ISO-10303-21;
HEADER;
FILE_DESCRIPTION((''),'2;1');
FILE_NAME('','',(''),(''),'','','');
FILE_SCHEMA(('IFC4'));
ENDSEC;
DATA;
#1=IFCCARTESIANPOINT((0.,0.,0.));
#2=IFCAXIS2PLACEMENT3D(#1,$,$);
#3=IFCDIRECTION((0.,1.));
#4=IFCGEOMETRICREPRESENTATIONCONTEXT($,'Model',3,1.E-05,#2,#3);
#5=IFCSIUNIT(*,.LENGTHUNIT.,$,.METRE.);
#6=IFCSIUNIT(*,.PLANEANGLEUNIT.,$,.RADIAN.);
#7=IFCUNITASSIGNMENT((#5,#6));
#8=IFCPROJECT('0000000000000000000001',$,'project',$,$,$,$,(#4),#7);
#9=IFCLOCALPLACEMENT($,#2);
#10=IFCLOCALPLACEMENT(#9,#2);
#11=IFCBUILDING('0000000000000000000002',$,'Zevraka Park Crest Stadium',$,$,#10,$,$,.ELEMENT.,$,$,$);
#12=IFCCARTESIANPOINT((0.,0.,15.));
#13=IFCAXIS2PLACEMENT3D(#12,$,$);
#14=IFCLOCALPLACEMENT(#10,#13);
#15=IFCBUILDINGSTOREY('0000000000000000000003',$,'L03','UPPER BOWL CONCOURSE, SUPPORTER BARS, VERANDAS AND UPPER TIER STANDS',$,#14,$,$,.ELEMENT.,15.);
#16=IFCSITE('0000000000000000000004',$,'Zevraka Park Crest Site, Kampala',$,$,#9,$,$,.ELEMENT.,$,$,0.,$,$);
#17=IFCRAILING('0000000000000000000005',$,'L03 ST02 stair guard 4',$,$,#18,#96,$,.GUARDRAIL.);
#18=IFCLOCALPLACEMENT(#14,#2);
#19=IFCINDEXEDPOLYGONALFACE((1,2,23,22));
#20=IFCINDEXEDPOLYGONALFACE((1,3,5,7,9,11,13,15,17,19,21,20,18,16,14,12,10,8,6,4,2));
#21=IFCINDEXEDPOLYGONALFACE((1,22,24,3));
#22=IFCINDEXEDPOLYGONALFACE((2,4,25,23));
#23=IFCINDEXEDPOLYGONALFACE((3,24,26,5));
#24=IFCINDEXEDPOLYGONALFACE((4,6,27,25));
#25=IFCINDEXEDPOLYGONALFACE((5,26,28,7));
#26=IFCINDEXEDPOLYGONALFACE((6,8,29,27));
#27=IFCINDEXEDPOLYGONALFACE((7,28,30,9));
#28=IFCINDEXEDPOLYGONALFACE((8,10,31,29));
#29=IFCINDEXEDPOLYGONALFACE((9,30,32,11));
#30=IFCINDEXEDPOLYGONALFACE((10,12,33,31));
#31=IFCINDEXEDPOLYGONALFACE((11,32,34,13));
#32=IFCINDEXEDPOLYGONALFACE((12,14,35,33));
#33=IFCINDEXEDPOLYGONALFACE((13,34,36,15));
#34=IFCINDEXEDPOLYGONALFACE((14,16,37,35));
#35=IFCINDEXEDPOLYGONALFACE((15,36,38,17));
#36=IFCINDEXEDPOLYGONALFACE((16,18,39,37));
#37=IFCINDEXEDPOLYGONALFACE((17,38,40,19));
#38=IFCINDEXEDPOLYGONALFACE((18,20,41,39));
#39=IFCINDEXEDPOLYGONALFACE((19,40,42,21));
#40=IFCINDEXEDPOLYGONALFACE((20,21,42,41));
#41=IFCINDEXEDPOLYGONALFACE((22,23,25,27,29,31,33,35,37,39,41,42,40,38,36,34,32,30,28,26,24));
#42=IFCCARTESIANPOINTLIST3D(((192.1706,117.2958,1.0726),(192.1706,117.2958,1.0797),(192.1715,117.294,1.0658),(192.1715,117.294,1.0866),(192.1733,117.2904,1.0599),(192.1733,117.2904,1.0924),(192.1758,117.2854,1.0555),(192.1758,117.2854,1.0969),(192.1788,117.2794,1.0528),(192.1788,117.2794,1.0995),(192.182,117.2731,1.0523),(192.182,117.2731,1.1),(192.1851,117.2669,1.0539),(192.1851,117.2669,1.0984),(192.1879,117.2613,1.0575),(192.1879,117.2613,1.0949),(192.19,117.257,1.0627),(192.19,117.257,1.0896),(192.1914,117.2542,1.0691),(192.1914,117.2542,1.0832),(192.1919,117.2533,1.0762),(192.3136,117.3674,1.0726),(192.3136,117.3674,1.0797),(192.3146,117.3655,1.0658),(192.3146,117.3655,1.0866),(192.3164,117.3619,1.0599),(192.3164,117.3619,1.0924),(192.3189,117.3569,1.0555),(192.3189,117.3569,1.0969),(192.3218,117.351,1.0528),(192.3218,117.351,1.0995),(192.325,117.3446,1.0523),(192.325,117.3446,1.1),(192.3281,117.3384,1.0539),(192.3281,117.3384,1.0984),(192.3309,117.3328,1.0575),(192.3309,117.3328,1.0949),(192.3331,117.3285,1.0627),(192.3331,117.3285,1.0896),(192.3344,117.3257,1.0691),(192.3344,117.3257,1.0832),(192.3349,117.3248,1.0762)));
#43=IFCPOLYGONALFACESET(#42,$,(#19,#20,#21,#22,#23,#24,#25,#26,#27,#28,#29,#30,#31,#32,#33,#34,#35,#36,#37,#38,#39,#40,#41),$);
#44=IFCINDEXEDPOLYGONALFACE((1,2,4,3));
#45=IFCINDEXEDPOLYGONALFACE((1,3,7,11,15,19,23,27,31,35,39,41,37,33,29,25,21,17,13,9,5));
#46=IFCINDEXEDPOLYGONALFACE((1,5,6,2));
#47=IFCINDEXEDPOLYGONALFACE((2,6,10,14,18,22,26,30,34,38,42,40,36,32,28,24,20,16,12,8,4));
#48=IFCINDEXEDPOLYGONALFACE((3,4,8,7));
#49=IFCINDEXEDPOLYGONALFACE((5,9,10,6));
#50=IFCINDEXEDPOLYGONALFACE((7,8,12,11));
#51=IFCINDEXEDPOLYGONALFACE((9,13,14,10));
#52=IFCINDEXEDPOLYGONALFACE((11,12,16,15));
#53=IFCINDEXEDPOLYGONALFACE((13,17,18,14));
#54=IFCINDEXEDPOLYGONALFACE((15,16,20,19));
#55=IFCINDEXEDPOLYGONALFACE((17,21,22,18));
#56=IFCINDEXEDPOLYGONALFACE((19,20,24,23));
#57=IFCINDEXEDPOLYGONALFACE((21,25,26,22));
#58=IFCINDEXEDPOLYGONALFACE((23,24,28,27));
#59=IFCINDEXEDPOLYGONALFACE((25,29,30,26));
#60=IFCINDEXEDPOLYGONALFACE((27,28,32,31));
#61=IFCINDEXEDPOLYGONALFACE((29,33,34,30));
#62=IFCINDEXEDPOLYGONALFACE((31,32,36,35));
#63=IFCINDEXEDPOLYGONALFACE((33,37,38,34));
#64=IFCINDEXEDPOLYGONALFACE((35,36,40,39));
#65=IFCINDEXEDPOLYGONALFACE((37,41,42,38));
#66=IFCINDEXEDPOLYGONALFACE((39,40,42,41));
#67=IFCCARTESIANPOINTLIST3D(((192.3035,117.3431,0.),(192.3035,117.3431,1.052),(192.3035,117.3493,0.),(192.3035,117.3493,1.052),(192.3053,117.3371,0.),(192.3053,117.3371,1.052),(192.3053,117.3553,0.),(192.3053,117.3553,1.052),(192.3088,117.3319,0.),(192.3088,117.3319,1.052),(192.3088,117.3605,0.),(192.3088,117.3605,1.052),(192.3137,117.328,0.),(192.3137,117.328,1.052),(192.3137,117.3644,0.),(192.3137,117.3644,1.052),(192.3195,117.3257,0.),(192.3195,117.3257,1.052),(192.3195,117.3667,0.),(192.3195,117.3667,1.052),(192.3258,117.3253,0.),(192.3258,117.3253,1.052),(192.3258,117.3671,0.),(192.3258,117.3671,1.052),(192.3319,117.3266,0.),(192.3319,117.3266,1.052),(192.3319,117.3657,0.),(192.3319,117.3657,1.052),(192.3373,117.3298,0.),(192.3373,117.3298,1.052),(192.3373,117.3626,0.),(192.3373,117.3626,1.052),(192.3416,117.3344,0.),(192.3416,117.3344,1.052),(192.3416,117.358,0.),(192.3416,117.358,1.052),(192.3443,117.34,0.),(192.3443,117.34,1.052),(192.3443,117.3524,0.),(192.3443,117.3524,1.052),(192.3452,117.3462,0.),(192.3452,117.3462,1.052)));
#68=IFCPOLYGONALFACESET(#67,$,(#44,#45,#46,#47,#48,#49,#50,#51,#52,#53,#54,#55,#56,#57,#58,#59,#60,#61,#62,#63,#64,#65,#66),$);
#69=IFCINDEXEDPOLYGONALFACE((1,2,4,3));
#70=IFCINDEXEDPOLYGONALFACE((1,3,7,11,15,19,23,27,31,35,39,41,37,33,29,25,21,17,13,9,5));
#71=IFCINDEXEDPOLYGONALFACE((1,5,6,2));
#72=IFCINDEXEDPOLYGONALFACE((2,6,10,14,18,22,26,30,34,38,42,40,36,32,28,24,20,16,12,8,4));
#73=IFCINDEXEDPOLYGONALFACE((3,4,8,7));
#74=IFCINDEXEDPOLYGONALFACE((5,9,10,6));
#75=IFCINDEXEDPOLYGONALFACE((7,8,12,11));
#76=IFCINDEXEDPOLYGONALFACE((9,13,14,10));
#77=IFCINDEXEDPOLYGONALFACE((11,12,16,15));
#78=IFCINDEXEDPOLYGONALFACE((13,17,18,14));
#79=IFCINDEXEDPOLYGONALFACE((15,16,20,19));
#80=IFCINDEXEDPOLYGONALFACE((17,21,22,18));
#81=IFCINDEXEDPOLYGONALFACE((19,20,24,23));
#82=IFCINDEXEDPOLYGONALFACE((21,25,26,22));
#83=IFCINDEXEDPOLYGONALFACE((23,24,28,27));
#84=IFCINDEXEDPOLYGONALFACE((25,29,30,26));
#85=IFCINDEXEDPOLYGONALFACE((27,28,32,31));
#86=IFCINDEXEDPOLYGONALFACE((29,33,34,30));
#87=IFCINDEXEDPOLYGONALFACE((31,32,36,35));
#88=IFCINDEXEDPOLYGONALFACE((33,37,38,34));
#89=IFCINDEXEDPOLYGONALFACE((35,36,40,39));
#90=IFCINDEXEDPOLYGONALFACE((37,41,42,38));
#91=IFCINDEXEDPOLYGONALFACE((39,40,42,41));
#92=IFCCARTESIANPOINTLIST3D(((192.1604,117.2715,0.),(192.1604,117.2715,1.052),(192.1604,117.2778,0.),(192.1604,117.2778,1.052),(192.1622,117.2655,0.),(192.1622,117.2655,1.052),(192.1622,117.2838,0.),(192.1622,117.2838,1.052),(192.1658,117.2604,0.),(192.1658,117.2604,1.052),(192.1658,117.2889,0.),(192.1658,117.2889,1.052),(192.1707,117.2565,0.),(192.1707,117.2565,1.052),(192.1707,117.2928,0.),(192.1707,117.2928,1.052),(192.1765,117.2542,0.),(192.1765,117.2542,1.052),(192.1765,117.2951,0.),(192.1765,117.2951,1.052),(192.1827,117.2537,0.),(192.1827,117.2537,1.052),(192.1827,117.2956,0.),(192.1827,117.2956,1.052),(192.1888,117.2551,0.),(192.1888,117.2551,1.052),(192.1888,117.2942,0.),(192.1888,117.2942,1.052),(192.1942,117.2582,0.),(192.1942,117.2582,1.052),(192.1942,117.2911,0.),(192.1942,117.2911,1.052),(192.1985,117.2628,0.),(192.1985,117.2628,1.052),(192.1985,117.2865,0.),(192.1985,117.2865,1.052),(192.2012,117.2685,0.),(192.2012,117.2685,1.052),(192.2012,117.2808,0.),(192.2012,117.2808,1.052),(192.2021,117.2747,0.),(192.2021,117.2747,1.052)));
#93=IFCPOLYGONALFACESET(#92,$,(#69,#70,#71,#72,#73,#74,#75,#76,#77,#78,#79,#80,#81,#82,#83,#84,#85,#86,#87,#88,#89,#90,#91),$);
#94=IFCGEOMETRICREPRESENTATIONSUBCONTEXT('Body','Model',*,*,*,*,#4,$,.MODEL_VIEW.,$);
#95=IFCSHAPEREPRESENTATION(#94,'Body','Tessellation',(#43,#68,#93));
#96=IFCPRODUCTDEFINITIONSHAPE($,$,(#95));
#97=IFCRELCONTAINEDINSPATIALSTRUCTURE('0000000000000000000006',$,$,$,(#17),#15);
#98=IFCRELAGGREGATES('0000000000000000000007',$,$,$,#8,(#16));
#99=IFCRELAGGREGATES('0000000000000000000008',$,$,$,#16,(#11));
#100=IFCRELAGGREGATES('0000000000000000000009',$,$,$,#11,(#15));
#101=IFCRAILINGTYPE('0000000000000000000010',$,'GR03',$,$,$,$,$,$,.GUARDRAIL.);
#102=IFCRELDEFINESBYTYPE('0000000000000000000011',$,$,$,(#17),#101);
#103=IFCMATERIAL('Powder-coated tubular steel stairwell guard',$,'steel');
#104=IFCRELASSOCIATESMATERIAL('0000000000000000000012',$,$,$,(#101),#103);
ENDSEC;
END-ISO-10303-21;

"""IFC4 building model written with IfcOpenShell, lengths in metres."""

from ifc_helpers import new_model, si_unit, direction, frame, origin, origin_2d, place, context, subcontext, project, spatial, circle, extrude, material, type_object, element, save


model = new_model("IFC4")

# Units and contexts
model_context = context("Model", 3, precision=1e-05, world=origin(), true_north=direction((0.0, 1.0)))
body_context = subcontext(model_context, "Body", "Model", "MODEL_VIEW")
ifc_project = project(units=[si_unit("LENGTHUNIT", "METRE"), si_unit("PLANEANGLEUNIT", "RADIAN")], contexts=[model_context])

# Site, building, storey
site_placement = place(None, origin())
site = spatial("IfcSite", under=ifc_project, at=site_placement, Name="Zevraka Park Crest Site, Kampala", CompositionType="ELEMENT", RefElevation=0.0)
building_placement = place(site_placement, origin())
building = spatial("IfcBuilding", under=site, at=building_placement, Name="Zevraka Park Crest Stadium", CompositionType="ELEMENT")
storey_placement = place(building_placement, frame((0.0, 0.0, 15.0)))
storey = spatial("IfcBuildingStorey", under=building, at=storey_placement, Name="L03", Description="UPPER BOWL CONCOURSE, SUPPORTER BARS, VERANDAS AND UPPER TIER STANDS", CompositionType="ELEMENT", Elevation=15.0)

# Railing
ifc_material_1 = material(Name="Powder-coated tubular steel stairwell guard", Category="steel")
railing_type_1 = type_object("IfcRailingType", Name="GR03", PredefinedType="GUARDRAIL", material=ifc_material_1)
railing_1_placement = place(storey_placement, frame((192.3242, 117.3462, 0.0)))
element("IfcRailing", 1, at=railing_1_placement, inside=storey, type_object=railing_type_1, Name="L03 ST02 stair guard 4", PredefinedType="GUARDRAIL", context=body_context, shape_type="SweptSolid", body=[
    extrude(circle(Radius=0.0239, at=origin_2d()), frame((0.0, 0.0, 1.0762), z_axis=(-0.894427, -0.447214, 0.0), x_axis=(0.447214, -0.894427, 0.0)), (0.0, 0.0, 1.0), 0.1599),
    extrude(circle(Radius=0.021, at=origin_2d()), origin(), (0.0, 0.0, 1.0), 1.052),
    extrude(circle(Radius=0.021, at=origin_2d()), frame((-0.1431, -0.0715, 0.0)), (0.0, 0.0, 1.0), 1.052),
])

save(model, "model.ifc")
